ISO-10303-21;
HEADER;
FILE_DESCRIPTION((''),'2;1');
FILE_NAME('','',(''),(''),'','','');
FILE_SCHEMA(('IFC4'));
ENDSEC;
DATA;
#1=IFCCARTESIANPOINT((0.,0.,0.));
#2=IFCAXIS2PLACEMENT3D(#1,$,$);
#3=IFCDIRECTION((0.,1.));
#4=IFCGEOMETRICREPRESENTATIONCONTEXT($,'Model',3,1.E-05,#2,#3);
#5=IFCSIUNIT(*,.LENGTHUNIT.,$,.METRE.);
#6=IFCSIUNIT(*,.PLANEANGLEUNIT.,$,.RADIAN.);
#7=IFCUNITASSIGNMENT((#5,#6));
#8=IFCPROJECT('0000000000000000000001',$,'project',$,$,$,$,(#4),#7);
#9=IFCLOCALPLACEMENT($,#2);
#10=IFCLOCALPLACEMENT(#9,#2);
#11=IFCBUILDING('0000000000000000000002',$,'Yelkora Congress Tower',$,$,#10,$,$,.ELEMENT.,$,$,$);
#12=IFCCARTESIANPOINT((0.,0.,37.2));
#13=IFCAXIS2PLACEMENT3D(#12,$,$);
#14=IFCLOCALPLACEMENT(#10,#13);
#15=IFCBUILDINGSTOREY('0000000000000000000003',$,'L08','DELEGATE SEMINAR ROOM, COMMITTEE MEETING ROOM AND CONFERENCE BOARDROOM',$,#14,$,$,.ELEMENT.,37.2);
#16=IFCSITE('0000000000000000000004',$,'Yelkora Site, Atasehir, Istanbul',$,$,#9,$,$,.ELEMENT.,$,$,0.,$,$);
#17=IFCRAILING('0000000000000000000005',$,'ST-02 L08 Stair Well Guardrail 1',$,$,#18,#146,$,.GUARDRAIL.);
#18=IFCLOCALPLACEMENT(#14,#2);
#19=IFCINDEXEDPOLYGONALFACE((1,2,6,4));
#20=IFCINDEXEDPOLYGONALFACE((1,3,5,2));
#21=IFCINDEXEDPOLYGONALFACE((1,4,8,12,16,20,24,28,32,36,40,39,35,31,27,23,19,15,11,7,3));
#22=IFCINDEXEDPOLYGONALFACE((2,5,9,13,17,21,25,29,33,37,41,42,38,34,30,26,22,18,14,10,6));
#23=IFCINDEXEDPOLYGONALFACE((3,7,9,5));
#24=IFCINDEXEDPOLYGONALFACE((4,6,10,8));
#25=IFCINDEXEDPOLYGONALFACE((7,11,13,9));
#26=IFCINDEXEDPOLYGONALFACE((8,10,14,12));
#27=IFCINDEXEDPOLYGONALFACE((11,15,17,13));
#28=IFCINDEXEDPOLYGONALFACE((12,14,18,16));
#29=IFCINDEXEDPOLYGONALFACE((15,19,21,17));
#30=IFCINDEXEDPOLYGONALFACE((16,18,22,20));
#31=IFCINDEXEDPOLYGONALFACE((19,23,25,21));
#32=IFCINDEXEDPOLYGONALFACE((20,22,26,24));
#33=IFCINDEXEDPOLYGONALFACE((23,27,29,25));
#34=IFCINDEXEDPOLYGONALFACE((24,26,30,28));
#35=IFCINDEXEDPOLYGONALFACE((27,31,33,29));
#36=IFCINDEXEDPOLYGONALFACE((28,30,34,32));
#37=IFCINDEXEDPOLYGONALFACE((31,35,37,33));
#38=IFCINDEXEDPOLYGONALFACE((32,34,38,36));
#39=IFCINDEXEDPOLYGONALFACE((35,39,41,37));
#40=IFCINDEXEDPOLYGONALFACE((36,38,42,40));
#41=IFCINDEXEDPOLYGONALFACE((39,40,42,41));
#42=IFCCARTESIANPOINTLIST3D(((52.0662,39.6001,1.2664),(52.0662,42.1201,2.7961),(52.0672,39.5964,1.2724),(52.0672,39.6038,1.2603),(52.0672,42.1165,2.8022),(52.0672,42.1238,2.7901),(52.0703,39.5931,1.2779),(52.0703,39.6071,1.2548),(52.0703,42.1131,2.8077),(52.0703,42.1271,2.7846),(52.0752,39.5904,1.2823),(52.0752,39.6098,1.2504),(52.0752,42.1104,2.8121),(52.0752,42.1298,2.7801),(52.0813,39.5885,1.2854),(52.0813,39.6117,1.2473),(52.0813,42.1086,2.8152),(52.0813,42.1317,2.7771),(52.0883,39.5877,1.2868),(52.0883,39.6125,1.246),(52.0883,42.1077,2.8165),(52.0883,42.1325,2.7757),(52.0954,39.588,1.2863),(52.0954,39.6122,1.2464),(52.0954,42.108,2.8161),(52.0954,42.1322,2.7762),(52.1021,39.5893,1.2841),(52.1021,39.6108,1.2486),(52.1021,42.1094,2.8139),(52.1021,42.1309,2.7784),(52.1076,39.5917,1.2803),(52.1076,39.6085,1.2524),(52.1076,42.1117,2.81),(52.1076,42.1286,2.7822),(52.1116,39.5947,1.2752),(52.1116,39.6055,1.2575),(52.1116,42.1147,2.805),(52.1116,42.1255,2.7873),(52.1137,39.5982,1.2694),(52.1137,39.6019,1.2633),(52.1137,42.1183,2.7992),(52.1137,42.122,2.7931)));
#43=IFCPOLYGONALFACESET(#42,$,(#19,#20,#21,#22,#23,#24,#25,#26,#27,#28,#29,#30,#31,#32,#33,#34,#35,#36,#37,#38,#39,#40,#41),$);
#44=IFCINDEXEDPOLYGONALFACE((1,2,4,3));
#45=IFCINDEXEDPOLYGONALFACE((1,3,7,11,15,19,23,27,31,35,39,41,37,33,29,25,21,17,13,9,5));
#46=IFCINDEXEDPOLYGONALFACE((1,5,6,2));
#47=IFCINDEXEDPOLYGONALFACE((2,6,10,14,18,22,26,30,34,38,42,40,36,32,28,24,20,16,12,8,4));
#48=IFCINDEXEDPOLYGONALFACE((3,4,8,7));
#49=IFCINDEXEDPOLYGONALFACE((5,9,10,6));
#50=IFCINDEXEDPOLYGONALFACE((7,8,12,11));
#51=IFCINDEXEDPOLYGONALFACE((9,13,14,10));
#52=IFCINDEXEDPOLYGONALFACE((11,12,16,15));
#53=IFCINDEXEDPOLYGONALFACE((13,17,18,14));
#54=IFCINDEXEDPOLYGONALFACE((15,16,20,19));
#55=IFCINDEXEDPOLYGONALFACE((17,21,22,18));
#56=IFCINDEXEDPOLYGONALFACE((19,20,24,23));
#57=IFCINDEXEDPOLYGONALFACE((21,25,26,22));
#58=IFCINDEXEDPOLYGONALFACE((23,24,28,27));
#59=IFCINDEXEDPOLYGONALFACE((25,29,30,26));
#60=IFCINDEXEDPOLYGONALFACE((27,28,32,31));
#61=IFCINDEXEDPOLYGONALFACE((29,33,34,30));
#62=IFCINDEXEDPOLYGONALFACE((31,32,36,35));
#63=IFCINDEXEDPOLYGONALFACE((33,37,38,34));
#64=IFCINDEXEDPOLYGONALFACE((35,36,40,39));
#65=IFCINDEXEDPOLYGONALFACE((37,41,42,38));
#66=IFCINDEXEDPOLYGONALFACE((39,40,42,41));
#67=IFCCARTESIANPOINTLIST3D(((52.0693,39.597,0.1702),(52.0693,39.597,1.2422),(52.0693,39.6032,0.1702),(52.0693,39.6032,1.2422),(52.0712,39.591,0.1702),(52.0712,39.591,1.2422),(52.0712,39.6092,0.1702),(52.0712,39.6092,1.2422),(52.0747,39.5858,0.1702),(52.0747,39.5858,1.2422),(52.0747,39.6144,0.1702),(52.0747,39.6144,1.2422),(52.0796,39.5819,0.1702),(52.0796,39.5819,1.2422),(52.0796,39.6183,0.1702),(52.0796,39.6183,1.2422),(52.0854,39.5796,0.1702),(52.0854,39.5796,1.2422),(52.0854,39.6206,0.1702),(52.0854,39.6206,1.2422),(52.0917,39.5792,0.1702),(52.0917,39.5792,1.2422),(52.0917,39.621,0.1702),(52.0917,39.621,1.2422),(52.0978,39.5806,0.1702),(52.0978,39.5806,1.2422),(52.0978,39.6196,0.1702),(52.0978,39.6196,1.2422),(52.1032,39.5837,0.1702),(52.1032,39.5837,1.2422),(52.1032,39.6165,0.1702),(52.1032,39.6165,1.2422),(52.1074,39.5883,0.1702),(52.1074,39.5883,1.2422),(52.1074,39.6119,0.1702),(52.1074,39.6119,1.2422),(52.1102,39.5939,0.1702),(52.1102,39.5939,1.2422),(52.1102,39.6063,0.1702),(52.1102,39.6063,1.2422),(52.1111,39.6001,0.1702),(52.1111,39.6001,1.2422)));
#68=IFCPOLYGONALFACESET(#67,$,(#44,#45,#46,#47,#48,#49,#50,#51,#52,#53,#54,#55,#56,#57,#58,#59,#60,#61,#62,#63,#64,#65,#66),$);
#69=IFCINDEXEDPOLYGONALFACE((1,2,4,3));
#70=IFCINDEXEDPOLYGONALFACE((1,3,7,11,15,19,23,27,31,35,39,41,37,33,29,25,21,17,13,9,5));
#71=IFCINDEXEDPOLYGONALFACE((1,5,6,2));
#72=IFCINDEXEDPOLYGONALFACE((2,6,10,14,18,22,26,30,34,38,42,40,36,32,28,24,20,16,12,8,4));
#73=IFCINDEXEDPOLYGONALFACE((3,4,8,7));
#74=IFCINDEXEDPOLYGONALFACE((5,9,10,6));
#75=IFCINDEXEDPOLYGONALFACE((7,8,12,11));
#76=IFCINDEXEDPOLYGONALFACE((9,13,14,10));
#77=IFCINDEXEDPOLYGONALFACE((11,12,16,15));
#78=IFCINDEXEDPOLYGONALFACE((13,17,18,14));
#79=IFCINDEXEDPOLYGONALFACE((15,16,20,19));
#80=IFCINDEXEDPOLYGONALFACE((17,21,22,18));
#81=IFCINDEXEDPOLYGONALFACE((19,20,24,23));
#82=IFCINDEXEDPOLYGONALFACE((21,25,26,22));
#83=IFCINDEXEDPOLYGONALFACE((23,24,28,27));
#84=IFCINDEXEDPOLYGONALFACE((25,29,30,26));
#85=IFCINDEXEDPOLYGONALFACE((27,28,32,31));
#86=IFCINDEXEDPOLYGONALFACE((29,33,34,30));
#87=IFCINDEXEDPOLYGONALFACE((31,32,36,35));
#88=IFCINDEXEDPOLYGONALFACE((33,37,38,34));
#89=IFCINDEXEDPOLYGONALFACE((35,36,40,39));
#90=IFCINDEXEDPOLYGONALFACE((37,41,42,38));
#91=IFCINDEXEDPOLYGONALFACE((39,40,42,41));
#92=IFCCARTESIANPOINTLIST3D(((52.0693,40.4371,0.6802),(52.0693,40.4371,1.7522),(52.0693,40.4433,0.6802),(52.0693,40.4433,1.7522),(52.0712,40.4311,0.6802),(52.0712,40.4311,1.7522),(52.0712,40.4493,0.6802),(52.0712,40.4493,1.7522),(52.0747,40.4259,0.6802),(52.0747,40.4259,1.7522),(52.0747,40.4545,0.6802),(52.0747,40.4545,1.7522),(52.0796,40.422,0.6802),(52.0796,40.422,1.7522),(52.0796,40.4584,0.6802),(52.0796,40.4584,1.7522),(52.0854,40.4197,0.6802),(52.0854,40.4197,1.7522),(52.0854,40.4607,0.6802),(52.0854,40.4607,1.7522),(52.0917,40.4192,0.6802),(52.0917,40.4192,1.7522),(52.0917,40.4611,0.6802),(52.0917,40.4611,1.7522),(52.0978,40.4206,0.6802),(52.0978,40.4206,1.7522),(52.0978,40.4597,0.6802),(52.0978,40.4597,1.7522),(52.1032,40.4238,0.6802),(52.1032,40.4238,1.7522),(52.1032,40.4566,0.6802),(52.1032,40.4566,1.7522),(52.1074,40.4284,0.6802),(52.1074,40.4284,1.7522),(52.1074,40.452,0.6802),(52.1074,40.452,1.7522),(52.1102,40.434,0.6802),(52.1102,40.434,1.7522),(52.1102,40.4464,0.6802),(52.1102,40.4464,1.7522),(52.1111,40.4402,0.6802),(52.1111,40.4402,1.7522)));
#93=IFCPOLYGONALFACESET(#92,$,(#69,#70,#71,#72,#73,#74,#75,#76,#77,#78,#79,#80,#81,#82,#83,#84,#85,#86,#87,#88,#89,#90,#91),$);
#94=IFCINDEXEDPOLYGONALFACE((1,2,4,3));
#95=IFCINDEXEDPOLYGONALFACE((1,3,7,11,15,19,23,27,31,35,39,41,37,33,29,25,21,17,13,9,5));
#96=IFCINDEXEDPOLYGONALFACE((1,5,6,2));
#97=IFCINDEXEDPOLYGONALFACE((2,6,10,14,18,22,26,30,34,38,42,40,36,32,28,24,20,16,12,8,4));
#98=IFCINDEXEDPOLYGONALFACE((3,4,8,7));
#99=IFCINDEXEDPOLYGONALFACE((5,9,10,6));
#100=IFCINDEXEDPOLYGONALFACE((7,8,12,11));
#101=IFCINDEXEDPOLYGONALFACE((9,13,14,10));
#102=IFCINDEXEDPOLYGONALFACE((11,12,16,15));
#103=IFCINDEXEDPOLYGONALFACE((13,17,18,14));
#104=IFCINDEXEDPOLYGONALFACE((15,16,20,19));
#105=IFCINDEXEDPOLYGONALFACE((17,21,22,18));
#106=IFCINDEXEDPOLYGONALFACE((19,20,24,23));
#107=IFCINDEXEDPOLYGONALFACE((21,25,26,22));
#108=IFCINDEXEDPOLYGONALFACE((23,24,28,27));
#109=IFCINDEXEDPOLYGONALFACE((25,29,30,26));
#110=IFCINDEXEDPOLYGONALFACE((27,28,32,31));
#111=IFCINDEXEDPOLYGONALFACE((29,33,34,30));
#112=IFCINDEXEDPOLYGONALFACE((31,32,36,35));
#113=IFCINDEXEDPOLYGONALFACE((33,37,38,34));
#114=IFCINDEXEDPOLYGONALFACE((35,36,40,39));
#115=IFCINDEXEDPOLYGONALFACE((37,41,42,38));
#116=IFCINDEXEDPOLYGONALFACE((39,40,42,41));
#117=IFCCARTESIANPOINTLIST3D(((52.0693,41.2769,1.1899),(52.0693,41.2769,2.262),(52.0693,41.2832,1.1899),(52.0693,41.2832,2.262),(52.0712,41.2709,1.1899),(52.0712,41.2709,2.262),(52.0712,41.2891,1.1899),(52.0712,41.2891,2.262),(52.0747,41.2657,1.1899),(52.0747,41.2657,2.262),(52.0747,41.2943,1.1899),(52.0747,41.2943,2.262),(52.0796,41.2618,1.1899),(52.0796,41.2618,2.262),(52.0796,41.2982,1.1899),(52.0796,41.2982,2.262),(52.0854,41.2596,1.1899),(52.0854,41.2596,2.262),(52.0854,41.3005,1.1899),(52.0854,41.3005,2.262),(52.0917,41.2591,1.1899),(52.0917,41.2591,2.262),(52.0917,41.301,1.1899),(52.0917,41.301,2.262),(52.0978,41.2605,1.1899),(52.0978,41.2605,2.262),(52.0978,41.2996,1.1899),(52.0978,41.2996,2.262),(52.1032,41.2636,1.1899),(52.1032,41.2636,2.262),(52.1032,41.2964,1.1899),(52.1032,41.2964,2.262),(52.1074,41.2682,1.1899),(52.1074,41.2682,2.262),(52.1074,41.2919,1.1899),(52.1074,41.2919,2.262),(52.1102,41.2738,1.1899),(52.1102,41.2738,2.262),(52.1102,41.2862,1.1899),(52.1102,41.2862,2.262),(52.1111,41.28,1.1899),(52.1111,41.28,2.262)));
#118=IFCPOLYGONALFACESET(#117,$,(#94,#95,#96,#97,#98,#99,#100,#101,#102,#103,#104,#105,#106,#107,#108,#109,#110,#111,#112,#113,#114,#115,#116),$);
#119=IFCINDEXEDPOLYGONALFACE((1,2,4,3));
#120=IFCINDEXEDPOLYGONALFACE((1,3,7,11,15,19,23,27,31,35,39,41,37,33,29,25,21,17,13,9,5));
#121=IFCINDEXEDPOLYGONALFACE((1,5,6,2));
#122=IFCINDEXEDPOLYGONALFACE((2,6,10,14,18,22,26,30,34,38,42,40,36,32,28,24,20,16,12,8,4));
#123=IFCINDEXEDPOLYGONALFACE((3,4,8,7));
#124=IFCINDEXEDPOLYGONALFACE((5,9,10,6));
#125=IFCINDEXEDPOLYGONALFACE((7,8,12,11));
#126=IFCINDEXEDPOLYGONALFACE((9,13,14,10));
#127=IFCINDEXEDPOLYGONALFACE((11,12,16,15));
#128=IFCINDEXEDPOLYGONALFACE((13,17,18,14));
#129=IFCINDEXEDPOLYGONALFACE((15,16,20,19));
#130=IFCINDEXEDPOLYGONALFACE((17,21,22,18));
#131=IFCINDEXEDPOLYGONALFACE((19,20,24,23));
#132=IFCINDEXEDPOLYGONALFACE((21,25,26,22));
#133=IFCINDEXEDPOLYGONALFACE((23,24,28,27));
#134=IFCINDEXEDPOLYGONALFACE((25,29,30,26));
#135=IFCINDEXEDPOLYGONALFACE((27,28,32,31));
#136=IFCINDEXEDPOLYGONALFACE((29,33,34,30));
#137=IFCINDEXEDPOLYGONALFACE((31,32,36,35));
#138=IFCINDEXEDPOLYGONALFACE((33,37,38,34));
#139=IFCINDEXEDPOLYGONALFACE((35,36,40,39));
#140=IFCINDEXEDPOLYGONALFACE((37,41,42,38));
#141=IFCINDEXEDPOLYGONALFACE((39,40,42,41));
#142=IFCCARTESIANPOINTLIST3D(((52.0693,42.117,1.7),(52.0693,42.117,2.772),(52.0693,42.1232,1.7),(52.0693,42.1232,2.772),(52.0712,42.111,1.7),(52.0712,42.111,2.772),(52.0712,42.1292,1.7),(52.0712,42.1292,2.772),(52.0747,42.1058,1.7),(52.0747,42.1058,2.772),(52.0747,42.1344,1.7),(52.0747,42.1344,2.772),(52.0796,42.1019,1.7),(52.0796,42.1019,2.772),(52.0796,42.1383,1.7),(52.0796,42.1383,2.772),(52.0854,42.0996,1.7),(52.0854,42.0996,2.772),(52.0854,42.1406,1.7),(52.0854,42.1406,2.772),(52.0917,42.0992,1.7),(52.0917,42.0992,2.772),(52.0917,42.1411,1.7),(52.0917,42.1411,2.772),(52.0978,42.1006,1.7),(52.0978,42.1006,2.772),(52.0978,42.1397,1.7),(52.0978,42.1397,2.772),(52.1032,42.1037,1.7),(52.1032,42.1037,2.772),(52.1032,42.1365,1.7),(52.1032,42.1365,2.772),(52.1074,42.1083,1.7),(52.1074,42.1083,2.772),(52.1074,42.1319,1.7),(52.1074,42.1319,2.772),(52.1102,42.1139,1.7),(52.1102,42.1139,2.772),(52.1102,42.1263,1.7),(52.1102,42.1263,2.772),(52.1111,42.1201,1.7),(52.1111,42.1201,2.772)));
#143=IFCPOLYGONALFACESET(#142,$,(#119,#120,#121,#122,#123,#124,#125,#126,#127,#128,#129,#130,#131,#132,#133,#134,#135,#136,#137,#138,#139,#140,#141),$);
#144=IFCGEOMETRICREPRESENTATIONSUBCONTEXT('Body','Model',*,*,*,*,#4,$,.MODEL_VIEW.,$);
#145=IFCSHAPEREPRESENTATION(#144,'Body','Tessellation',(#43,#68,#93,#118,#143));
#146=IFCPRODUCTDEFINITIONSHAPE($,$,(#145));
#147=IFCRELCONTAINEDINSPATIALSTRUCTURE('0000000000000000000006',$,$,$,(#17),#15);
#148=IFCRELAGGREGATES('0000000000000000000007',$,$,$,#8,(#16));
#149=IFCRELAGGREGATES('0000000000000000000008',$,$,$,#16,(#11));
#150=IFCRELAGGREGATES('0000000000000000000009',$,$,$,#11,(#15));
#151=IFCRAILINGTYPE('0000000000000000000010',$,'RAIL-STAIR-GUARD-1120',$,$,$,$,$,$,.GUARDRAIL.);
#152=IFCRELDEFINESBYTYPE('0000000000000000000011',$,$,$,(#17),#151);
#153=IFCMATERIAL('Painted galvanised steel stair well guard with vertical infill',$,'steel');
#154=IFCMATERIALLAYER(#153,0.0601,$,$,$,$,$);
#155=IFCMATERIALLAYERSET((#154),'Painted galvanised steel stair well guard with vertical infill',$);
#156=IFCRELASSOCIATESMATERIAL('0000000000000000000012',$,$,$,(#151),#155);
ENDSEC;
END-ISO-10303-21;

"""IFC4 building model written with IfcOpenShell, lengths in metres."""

from ifc_helpers import new_model, si_unit, direction, frame, origin, origin_2d, place, context, subcontext, project, spatial, circle, extrude, material, layer, layer_set, type_object, element, save


model = new_model("IFC4")

# Units and contexts
model_context = context("Model", 3, precision=1e-05, world=origin(), true_north=direction((0.0, 1.0)))
body_context = subcontext(model_context, "Body", "Model", "MODEL_VIEW")
ifc_project = project(units=[si_unit("LENGTHUNIT", "METRE"), si_unit("PLANEANGLEUNIT", "RADIAN")], contexts=[model_context])

# Site, building, storey
site_placement = place(None, origin())
site = spatial("IfcSite", under=ifc_project, at=site_placement, Name="Yelkora Site, Atasehir, Istanbul", CompositionType="ELEMENT", RefElevation=0.0)
building_placement = place(site_placement, origin())
building = spatial("IfcBuilding", under=site, at=building_placement, Name="Yelkora Congress Tower", CompositionType="ELEMENT")
storey_placement = place(building_placement, frame((0.0, 0.0, 37.2)))
storey = spatial("IfcBuildingStorey", under=building, at=storey_placement, Name="L08", Description="DELEGATE SEMINAR ROOM, COMMITTEE MEETING ROOM AND CONFERENCE BOARDROOM", CompositionType="ELEMENT", Elevation=37.2)

# Railing
ifc_material_1 = material(Name="Painted galvanised steel stair well guard with vertical infill", Category="steel")
ifc_layer_1 = layer(ifc_material_1, 0.0601)
ifc_layer_set_1 = layer_set([ifc_layer_1], Name="Painted galvanised steel stair well guard with vertical infill")
railing_type_1 = type_object("IfcRailingType", Name="RAIL-STAIR-GUARD-1120", PredefinedType="GUARDRAIL", material=ifc_layer_set_1)
railing_1_placement = place(storey_placement, frame((52.0901, 39.6001, 0.1702)))
element("IfcRailing", 1, at=railing_1_placement, inside=storey, type_object=railing_type_1, Name="ST-02 L08 Stair Well Guardrail 1", PredefinedType="GUARDRAIL", context=body_context, shape_type="SweptSolid", body=[
    extrude(circle(Radius=0.0239, at=origin_2d()), frame((0.0, 0.0, 1.0962), z_axis=(0.0, 0.854822, 0.518922), x_axis=(-1.0, 0.0, 0.0)), (0.0, 0.0, 1.0), 2.948),
    extrude(circle(Radius=0.021, at=origin_2d()), origin(), (0.0, 0.0, 1.0), 1.072),
    extrude(circle(Radius=0.021, at=origin_2d()), frame((0.0, 0.8401, 0.51)), (0.0, 0.0, 1.0), 1.072),
    extrude(circle(Radius=0.021, at=origin_2d()), frame((0.0, 1.6799, 1.0198)), (0.0, 0.0, 1.0), 1.072),
    extrude(circle(Radius=0.021, at=origin_2d()), frame((0.0, 2.52, 1.5298)), (0.0, 0.0, 1.0), 1.072),
])

save(model, "model.ifc")
